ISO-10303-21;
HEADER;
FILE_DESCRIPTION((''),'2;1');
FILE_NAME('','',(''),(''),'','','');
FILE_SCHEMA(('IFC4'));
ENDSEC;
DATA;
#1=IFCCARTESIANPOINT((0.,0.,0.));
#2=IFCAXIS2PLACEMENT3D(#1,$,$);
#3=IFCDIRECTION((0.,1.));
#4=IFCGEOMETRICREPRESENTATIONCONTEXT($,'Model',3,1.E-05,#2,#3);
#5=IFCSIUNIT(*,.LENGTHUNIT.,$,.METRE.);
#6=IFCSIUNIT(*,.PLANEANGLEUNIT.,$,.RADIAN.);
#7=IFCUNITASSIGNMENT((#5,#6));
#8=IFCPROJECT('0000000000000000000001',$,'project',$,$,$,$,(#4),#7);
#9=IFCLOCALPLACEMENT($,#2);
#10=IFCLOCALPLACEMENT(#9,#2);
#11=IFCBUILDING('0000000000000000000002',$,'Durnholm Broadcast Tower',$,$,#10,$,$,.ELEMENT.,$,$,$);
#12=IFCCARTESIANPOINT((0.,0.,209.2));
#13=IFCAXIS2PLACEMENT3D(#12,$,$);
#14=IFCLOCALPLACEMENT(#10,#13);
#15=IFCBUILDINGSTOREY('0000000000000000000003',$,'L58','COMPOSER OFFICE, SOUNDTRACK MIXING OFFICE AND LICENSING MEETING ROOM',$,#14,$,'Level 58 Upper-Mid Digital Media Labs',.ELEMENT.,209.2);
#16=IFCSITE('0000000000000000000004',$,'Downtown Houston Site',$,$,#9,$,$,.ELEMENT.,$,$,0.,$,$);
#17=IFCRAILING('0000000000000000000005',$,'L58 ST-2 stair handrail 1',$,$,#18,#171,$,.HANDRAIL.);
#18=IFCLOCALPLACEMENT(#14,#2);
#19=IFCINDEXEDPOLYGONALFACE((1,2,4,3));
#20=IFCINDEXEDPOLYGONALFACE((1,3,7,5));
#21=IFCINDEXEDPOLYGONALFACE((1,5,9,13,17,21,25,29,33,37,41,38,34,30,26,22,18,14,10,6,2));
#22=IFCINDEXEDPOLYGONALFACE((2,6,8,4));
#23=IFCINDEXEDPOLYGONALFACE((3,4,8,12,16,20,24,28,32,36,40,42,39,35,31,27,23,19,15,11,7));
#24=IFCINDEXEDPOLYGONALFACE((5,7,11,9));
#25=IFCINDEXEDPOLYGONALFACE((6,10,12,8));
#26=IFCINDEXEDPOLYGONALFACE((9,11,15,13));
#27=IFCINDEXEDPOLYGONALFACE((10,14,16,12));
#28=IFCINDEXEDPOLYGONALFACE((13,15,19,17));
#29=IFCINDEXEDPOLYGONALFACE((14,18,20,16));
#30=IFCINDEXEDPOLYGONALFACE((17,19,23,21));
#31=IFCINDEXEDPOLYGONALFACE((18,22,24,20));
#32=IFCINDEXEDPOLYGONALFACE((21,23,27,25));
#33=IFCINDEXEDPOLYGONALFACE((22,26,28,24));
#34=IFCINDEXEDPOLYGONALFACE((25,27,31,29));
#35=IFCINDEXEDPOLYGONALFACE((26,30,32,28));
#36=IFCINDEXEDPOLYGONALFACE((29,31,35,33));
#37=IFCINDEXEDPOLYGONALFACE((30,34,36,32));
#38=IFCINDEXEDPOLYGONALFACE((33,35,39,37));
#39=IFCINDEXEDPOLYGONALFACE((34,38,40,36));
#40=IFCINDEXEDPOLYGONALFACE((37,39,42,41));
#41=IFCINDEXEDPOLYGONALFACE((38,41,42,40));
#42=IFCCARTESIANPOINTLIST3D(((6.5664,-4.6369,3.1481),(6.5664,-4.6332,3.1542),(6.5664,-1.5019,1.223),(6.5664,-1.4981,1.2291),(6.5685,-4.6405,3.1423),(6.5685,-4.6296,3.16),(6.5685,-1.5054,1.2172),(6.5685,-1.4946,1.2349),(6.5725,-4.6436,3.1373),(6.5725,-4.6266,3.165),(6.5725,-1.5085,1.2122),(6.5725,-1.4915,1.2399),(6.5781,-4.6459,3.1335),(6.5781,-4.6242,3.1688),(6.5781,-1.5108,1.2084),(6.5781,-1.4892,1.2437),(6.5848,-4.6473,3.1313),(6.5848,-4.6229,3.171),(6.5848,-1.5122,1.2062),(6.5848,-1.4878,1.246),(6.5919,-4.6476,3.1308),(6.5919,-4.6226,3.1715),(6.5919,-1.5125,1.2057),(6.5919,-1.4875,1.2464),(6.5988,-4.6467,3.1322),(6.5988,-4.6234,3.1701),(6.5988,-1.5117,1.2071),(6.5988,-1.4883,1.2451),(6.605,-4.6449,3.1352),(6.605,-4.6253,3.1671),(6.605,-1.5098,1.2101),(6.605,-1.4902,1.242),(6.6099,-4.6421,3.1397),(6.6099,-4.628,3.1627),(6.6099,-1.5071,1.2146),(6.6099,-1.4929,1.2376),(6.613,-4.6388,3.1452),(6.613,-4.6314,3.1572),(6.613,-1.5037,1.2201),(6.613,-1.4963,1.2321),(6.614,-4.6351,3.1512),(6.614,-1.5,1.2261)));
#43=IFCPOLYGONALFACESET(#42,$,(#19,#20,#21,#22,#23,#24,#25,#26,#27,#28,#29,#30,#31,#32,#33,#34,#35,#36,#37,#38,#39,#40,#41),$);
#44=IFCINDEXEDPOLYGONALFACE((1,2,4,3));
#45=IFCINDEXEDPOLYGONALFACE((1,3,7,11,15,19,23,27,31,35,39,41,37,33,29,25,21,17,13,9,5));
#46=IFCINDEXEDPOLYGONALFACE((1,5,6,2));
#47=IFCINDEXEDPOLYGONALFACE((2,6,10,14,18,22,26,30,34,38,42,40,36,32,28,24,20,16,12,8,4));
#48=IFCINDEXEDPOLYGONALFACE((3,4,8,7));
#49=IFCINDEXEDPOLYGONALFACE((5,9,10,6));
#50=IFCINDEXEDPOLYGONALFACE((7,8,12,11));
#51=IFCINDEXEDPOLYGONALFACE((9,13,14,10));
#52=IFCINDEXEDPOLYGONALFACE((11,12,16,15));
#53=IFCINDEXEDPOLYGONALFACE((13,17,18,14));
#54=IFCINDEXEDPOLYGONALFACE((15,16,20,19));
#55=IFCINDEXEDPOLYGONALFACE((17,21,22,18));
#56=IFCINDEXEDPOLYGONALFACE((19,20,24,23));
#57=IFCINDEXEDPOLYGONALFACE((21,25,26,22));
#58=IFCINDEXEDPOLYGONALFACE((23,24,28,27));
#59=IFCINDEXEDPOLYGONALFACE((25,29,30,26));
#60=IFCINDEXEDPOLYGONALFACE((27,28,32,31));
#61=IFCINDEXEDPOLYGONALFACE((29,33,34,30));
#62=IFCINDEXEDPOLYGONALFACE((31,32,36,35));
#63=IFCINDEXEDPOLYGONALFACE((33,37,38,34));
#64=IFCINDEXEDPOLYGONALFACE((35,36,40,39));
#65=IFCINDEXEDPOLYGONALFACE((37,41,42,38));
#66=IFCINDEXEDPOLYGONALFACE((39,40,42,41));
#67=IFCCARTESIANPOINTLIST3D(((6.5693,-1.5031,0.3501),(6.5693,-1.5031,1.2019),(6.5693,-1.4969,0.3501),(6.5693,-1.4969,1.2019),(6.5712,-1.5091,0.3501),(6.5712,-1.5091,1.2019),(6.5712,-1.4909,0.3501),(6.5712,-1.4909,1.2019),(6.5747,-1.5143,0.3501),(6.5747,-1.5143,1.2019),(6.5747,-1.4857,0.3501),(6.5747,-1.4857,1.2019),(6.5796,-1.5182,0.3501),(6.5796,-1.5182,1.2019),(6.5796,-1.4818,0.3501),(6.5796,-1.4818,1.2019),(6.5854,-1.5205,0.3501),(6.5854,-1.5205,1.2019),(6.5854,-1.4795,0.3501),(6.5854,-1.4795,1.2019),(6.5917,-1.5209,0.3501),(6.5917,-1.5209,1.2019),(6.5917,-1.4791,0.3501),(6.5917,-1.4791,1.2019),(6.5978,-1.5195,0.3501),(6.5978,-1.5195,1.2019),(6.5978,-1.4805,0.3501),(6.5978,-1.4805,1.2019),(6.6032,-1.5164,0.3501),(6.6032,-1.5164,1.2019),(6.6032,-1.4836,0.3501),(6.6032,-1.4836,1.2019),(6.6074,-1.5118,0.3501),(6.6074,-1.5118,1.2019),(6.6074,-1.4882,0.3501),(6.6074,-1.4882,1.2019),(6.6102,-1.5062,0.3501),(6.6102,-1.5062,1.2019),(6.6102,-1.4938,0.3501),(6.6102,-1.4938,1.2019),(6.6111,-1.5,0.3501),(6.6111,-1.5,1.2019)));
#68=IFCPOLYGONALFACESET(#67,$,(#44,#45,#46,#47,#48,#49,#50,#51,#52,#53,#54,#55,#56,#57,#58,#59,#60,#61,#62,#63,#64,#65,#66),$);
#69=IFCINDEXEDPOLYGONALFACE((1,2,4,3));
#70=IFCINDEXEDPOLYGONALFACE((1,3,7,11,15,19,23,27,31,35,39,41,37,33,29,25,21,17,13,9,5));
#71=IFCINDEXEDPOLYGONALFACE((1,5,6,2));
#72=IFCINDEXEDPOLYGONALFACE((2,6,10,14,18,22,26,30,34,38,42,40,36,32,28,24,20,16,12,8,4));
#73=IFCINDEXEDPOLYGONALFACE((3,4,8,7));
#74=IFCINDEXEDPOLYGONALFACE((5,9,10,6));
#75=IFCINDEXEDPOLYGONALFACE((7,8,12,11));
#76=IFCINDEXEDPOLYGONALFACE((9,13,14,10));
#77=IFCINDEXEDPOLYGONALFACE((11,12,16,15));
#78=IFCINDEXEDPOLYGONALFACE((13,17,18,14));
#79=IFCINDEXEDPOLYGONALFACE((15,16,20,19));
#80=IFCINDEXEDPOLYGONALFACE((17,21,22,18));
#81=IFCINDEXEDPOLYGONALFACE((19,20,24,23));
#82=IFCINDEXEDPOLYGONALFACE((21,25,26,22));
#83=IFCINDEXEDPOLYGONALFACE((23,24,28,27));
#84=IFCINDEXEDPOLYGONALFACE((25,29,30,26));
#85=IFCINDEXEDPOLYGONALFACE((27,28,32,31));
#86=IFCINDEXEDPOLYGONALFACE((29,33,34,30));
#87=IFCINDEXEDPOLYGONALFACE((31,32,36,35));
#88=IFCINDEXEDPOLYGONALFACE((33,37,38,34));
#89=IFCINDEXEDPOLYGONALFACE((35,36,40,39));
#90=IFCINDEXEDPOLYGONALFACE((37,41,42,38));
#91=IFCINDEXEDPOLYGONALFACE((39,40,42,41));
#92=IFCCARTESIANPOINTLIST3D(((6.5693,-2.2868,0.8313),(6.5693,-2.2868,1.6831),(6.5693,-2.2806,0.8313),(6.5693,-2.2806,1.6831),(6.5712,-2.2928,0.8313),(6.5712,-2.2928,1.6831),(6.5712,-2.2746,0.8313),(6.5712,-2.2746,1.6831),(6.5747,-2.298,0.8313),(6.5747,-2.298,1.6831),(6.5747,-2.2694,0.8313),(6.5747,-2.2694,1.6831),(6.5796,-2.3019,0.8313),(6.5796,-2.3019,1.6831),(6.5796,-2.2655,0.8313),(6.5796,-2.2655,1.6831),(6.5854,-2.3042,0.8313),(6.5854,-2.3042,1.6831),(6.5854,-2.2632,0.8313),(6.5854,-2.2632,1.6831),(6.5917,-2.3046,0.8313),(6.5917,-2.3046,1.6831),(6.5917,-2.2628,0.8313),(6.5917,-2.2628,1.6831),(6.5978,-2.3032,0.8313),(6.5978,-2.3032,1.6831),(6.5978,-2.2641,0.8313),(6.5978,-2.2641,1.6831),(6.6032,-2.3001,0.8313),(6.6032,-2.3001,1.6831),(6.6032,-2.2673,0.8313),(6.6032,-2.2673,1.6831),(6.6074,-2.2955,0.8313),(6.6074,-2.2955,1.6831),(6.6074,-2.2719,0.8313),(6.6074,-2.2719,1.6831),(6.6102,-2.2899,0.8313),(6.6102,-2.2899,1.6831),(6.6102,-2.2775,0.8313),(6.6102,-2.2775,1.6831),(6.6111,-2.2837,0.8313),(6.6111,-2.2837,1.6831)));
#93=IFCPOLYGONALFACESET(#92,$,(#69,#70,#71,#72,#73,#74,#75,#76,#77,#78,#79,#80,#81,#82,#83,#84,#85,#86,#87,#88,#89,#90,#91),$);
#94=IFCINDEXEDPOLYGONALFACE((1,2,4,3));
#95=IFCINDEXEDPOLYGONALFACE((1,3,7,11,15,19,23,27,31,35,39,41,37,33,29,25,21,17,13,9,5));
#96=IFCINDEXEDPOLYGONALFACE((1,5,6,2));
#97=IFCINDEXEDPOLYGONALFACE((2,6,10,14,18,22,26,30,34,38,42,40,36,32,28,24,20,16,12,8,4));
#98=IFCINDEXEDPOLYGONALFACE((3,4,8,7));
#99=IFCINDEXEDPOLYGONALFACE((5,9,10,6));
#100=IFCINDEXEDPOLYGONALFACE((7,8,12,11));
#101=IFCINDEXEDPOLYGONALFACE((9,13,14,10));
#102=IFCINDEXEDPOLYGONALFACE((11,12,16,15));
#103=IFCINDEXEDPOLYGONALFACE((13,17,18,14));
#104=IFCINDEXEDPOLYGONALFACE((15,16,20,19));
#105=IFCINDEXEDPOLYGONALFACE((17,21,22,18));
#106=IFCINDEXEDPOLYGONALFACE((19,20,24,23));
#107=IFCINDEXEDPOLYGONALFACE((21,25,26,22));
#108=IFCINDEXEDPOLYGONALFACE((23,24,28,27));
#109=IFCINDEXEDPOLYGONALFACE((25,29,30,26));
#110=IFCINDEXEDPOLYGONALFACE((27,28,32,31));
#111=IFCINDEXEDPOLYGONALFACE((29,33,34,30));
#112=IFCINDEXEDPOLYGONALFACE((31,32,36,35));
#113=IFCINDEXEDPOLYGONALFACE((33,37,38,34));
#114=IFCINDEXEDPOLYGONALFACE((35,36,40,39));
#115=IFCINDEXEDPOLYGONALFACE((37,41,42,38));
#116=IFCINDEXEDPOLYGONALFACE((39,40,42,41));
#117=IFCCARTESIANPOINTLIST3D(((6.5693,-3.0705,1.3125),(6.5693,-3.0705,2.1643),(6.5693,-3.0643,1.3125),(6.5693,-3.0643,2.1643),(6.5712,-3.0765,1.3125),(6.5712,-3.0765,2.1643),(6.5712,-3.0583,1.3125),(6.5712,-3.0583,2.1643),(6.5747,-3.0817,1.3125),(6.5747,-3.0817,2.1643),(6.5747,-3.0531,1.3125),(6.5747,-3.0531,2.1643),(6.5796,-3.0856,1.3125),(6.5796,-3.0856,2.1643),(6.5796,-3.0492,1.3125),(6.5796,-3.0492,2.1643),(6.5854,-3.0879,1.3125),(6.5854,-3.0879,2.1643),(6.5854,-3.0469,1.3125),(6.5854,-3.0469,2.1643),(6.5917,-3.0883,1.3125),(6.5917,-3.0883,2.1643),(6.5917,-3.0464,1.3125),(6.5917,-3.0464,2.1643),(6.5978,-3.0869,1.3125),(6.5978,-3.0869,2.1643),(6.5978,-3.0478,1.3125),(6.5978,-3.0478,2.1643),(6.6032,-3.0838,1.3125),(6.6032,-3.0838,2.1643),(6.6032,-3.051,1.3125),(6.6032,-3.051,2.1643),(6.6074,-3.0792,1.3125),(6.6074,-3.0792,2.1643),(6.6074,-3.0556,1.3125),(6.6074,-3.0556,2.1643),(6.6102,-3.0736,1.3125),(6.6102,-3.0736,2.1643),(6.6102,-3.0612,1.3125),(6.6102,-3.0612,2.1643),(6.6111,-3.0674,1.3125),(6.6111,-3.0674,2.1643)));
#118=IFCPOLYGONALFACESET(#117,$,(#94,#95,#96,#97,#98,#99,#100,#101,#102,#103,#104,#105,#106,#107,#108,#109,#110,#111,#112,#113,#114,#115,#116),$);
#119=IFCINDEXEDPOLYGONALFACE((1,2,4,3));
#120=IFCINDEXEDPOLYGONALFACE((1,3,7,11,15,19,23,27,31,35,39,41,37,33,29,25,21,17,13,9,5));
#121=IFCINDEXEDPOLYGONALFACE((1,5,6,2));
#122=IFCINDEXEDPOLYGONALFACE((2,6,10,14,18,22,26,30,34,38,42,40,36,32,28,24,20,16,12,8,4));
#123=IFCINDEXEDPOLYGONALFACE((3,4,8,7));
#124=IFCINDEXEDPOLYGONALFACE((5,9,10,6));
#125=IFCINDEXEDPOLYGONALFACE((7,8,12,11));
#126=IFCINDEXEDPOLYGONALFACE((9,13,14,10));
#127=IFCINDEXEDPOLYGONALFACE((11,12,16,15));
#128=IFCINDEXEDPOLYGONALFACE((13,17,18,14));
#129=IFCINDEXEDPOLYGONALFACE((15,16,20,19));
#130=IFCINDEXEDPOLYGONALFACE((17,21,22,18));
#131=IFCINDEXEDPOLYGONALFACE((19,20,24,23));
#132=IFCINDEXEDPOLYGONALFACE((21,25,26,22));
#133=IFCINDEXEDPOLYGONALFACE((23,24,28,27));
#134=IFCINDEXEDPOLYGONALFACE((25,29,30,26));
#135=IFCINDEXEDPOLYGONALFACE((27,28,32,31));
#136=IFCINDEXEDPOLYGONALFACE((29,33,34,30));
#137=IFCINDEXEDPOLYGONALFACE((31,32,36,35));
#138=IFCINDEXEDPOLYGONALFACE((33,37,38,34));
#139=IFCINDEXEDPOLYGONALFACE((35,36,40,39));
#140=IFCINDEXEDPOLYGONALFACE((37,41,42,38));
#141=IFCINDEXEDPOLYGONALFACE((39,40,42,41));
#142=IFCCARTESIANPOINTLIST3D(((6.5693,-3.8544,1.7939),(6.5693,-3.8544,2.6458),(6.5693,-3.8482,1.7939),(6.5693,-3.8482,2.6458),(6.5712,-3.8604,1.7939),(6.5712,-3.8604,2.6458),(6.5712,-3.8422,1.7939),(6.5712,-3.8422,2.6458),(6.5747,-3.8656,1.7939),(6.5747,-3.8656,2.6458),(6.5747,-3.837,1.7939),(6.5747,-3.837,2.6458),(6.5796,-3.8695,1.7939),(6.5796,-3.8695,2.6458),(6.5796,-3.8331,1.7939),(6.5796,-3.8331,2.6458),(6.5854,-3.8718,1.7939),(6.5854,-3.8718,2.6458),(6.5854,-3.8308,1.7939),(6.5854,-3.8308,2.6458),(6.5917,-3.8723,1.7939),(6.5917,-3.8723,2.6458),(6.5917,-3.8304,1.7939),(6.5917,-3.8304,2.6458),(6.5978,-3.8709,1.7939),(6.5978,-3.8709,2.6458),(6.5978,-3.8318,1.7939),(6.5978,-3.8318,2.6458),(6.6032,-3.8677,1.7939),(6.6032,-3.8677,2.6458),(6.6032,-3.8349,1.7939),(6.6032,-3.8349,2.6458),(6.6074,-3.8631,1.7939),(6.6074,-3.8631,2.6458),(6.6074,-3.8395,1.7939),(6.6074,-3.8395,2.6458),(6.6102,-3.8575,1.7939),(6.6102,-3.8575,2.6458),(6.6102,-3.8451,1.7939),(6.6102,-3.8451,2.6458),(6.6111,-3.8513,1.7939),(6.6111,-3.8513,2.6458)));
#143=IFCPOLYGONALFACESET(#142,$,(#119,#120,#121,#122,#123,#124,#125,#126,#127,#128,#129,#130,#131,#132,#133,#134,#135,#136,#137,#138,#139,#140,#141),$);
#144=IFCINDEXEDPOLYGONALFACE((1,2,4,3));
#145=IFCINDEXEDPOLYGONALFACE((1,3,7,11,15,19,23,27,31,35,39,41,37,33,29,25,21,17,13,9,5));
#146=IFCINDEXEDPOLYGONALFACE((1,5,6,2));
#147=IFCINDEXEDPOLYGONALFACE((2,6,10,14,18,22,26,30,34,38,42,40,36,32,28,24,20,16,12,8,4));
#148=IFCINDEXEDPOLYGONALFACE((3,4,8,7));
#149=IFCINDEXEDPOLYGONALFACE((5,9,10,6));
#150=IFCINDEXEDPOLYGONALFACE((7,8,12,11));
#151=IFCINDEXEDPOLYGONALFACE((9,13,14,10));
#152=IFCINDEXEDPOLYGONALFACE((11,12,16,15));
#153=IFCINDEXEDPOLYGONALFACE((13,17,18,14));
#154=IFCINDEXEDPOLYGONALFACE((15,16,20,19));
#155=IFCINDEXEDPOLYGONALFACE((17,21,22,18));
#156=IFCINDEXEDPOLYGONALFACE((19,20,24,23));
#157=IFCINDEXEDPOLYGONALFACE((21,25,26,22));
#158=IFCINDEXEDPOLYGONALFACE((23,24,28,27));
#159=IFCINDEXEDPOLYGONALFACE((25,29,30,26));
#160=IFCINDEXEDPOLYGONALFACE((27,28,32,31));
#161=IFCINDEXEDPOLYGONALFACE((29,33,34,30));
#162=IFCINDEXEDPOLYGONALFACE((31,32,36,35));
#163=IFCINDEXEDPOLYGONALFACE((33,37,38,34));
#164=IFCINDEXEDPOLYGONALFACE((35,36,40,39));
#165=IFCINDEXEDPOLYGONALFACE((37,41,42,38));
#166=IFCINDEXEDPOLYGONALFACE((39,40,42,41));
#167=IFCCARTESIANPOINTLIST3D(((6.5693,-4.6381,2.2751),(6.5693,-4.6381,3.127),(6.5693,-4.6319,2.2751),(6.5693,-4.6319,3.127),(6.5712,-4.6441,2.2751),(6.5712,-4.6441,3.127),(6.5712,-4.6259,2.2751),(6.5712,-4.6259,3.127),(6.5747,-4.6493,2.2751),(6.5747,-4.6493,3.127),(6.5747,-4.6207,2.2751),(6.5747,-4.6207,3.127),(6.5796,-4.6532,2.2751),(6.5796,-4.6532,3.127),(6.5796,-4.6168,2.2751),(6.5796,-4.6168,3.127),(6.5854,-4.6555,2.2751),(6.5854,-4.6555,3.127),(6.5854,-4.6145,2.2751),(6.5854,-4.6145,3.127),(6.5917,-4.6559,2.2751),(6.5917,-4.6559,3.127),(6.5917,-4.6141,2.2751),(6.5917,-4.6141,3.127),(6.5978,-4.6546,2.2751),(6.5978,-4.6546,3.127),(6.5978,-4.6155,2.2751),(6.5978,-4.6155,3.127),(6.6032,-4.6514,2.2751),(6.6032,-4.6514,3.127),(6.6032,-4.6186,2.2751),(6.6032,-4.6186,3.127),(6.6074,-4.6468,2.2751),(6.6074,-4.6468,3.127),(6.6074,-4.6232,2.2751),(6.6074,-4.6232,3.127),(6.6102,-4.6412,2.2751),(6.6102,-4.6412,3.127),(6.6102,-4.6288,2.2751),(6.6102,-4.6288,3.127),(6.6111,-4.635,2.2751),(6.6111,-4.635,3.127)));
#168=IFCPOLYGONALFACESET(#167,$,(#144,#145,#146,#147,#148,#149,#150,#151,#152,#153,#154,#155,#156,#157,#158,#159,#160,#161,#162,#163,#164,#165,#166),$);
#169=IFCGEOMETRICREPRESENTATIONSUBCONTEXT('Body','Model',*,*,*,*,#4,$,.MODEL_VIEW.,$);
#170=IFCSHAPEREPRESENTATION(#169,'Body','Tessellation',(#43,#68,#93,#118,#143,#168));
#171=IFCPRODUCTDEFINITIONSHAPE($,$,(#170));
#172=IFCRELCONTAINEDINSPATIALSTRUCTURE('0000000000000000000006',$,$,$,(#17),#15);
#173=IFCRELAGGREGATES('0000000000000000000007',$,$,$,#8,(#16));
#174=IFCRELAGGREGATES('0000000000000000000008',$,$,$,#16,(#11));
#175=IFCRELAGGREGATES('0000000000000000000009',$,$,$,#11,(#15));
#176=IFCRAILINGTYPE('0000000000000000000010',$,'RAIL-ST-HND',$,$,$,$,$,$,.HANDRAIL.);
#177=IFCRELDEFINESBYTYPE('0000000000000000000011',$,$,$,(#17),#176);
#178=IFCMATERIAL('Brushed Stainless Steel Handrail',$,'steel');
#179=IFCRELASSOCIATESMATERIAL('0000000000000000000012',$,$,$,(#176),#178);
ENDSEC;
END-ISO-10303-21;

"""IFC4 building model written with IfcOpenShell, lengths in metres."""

from ifc_helpers import new_model, si_unit, direction, frame, origin, origin_2d, place, context, subcontext, project, spatial, circle, extrude, material, type_object, element, save


model = new_model("IFC4")

# Units and contexts
model_context = context("Model", 3, precision=1e-05, world=origin(), true_north=direction((0.0, 1.0)))
body_context = subcontext(model_context, "Body", "Model", "MODEL_VIEW")
ifc_project = project(units=[si_unit("LENGTHUNIT", "METRE"), si_unit("PLANEANGLEUNIT", "RADIAN")], contexts=[model_context])

# Site, building, storey
site_placement = place(None, origin())
site = spatial("IfcSite", under=ifc_project, at=site_placement, Name="Downtown Houston Site", CompositionType="ELEMENT", RefElevation=0.0)
building_placement = place(site_placement, origin())
building = spatial("IfcBuilding", under=site, at=building_placement, Name="Durnholm Broadcast Tower", CompositionType="ELEMENT")
storey_placement = place(building_placement, frame((0.0, 0.0, 209.2)))
storey = spatial("IfcBuildingStorey", under=building, at=storey_placement, Name="L58", Description="COMPOSER OFFICE, SOUNDTRACK MIXING OFFICE AND LICENSING MEETING ROOM", LongName="Level 58 Upper-Mid Digital Media Labs", CompositionType="ELEMENT", Elevation=209.2)

# Railing
ifc_material_1 = material(Name="Brushed Stainless Steel Handrail", Category="steel")
railing_type_1 = type_object("IfcRailingType", Name="RAIL-ST-HND", PredefinedType="HANDRAIL", material=ifc_material_1)
railing_1_placement = place(storey_placement, frame((6.5901, -1.5, 0.3501)))
element("IfcRailing", 1, at=railing_1_placement, inside=storey, type_object=railing_type_1, Name="L58 ST-2 stair handrail 1", PredefinedType="HANDRAIL", context=body_context, shape_type="SweptSolid", body=[
    extrude(circle(Radius=0.0239, at=origin_2d()), frame((0.0, 0.0, 0.876), z_axis=(0.0, -0.852166, 0.523271), x_axis=(1.0, 0.0, 0.0)), (0.0, 0.0, 1.0), 3.679),
    extrude(circle(Radius=0.021, at=origin_2d()), origin(), (0.0, 0.0, 1.0), 0.8518),
    extrude(circle(Radius=0.021, at=origin_2d()), frame((0.0, -0.7837, 0.4812)), (0.0, 0.0, 1.0), 0.8518),
    extrude(circle(Radius=0.021, at=origin_2d()), frame((0.0, -1.5674, 0.9624)), (0.0, 0.0, 1.0), 0.8518),
    extrude(circle(Radius=0.021, at=origin_2d()), frame((0.0, -2.3513, 1.4438)), (0.0, 0.0, 1.0), 0.8518),
    extrude(circle(Radius=0.021, at=origin_2d()), frame((0.0, -3.135, 1.925)), (0.0, 0.0, 1.0), 0.8518),
])

save(model, "model.ifc")
